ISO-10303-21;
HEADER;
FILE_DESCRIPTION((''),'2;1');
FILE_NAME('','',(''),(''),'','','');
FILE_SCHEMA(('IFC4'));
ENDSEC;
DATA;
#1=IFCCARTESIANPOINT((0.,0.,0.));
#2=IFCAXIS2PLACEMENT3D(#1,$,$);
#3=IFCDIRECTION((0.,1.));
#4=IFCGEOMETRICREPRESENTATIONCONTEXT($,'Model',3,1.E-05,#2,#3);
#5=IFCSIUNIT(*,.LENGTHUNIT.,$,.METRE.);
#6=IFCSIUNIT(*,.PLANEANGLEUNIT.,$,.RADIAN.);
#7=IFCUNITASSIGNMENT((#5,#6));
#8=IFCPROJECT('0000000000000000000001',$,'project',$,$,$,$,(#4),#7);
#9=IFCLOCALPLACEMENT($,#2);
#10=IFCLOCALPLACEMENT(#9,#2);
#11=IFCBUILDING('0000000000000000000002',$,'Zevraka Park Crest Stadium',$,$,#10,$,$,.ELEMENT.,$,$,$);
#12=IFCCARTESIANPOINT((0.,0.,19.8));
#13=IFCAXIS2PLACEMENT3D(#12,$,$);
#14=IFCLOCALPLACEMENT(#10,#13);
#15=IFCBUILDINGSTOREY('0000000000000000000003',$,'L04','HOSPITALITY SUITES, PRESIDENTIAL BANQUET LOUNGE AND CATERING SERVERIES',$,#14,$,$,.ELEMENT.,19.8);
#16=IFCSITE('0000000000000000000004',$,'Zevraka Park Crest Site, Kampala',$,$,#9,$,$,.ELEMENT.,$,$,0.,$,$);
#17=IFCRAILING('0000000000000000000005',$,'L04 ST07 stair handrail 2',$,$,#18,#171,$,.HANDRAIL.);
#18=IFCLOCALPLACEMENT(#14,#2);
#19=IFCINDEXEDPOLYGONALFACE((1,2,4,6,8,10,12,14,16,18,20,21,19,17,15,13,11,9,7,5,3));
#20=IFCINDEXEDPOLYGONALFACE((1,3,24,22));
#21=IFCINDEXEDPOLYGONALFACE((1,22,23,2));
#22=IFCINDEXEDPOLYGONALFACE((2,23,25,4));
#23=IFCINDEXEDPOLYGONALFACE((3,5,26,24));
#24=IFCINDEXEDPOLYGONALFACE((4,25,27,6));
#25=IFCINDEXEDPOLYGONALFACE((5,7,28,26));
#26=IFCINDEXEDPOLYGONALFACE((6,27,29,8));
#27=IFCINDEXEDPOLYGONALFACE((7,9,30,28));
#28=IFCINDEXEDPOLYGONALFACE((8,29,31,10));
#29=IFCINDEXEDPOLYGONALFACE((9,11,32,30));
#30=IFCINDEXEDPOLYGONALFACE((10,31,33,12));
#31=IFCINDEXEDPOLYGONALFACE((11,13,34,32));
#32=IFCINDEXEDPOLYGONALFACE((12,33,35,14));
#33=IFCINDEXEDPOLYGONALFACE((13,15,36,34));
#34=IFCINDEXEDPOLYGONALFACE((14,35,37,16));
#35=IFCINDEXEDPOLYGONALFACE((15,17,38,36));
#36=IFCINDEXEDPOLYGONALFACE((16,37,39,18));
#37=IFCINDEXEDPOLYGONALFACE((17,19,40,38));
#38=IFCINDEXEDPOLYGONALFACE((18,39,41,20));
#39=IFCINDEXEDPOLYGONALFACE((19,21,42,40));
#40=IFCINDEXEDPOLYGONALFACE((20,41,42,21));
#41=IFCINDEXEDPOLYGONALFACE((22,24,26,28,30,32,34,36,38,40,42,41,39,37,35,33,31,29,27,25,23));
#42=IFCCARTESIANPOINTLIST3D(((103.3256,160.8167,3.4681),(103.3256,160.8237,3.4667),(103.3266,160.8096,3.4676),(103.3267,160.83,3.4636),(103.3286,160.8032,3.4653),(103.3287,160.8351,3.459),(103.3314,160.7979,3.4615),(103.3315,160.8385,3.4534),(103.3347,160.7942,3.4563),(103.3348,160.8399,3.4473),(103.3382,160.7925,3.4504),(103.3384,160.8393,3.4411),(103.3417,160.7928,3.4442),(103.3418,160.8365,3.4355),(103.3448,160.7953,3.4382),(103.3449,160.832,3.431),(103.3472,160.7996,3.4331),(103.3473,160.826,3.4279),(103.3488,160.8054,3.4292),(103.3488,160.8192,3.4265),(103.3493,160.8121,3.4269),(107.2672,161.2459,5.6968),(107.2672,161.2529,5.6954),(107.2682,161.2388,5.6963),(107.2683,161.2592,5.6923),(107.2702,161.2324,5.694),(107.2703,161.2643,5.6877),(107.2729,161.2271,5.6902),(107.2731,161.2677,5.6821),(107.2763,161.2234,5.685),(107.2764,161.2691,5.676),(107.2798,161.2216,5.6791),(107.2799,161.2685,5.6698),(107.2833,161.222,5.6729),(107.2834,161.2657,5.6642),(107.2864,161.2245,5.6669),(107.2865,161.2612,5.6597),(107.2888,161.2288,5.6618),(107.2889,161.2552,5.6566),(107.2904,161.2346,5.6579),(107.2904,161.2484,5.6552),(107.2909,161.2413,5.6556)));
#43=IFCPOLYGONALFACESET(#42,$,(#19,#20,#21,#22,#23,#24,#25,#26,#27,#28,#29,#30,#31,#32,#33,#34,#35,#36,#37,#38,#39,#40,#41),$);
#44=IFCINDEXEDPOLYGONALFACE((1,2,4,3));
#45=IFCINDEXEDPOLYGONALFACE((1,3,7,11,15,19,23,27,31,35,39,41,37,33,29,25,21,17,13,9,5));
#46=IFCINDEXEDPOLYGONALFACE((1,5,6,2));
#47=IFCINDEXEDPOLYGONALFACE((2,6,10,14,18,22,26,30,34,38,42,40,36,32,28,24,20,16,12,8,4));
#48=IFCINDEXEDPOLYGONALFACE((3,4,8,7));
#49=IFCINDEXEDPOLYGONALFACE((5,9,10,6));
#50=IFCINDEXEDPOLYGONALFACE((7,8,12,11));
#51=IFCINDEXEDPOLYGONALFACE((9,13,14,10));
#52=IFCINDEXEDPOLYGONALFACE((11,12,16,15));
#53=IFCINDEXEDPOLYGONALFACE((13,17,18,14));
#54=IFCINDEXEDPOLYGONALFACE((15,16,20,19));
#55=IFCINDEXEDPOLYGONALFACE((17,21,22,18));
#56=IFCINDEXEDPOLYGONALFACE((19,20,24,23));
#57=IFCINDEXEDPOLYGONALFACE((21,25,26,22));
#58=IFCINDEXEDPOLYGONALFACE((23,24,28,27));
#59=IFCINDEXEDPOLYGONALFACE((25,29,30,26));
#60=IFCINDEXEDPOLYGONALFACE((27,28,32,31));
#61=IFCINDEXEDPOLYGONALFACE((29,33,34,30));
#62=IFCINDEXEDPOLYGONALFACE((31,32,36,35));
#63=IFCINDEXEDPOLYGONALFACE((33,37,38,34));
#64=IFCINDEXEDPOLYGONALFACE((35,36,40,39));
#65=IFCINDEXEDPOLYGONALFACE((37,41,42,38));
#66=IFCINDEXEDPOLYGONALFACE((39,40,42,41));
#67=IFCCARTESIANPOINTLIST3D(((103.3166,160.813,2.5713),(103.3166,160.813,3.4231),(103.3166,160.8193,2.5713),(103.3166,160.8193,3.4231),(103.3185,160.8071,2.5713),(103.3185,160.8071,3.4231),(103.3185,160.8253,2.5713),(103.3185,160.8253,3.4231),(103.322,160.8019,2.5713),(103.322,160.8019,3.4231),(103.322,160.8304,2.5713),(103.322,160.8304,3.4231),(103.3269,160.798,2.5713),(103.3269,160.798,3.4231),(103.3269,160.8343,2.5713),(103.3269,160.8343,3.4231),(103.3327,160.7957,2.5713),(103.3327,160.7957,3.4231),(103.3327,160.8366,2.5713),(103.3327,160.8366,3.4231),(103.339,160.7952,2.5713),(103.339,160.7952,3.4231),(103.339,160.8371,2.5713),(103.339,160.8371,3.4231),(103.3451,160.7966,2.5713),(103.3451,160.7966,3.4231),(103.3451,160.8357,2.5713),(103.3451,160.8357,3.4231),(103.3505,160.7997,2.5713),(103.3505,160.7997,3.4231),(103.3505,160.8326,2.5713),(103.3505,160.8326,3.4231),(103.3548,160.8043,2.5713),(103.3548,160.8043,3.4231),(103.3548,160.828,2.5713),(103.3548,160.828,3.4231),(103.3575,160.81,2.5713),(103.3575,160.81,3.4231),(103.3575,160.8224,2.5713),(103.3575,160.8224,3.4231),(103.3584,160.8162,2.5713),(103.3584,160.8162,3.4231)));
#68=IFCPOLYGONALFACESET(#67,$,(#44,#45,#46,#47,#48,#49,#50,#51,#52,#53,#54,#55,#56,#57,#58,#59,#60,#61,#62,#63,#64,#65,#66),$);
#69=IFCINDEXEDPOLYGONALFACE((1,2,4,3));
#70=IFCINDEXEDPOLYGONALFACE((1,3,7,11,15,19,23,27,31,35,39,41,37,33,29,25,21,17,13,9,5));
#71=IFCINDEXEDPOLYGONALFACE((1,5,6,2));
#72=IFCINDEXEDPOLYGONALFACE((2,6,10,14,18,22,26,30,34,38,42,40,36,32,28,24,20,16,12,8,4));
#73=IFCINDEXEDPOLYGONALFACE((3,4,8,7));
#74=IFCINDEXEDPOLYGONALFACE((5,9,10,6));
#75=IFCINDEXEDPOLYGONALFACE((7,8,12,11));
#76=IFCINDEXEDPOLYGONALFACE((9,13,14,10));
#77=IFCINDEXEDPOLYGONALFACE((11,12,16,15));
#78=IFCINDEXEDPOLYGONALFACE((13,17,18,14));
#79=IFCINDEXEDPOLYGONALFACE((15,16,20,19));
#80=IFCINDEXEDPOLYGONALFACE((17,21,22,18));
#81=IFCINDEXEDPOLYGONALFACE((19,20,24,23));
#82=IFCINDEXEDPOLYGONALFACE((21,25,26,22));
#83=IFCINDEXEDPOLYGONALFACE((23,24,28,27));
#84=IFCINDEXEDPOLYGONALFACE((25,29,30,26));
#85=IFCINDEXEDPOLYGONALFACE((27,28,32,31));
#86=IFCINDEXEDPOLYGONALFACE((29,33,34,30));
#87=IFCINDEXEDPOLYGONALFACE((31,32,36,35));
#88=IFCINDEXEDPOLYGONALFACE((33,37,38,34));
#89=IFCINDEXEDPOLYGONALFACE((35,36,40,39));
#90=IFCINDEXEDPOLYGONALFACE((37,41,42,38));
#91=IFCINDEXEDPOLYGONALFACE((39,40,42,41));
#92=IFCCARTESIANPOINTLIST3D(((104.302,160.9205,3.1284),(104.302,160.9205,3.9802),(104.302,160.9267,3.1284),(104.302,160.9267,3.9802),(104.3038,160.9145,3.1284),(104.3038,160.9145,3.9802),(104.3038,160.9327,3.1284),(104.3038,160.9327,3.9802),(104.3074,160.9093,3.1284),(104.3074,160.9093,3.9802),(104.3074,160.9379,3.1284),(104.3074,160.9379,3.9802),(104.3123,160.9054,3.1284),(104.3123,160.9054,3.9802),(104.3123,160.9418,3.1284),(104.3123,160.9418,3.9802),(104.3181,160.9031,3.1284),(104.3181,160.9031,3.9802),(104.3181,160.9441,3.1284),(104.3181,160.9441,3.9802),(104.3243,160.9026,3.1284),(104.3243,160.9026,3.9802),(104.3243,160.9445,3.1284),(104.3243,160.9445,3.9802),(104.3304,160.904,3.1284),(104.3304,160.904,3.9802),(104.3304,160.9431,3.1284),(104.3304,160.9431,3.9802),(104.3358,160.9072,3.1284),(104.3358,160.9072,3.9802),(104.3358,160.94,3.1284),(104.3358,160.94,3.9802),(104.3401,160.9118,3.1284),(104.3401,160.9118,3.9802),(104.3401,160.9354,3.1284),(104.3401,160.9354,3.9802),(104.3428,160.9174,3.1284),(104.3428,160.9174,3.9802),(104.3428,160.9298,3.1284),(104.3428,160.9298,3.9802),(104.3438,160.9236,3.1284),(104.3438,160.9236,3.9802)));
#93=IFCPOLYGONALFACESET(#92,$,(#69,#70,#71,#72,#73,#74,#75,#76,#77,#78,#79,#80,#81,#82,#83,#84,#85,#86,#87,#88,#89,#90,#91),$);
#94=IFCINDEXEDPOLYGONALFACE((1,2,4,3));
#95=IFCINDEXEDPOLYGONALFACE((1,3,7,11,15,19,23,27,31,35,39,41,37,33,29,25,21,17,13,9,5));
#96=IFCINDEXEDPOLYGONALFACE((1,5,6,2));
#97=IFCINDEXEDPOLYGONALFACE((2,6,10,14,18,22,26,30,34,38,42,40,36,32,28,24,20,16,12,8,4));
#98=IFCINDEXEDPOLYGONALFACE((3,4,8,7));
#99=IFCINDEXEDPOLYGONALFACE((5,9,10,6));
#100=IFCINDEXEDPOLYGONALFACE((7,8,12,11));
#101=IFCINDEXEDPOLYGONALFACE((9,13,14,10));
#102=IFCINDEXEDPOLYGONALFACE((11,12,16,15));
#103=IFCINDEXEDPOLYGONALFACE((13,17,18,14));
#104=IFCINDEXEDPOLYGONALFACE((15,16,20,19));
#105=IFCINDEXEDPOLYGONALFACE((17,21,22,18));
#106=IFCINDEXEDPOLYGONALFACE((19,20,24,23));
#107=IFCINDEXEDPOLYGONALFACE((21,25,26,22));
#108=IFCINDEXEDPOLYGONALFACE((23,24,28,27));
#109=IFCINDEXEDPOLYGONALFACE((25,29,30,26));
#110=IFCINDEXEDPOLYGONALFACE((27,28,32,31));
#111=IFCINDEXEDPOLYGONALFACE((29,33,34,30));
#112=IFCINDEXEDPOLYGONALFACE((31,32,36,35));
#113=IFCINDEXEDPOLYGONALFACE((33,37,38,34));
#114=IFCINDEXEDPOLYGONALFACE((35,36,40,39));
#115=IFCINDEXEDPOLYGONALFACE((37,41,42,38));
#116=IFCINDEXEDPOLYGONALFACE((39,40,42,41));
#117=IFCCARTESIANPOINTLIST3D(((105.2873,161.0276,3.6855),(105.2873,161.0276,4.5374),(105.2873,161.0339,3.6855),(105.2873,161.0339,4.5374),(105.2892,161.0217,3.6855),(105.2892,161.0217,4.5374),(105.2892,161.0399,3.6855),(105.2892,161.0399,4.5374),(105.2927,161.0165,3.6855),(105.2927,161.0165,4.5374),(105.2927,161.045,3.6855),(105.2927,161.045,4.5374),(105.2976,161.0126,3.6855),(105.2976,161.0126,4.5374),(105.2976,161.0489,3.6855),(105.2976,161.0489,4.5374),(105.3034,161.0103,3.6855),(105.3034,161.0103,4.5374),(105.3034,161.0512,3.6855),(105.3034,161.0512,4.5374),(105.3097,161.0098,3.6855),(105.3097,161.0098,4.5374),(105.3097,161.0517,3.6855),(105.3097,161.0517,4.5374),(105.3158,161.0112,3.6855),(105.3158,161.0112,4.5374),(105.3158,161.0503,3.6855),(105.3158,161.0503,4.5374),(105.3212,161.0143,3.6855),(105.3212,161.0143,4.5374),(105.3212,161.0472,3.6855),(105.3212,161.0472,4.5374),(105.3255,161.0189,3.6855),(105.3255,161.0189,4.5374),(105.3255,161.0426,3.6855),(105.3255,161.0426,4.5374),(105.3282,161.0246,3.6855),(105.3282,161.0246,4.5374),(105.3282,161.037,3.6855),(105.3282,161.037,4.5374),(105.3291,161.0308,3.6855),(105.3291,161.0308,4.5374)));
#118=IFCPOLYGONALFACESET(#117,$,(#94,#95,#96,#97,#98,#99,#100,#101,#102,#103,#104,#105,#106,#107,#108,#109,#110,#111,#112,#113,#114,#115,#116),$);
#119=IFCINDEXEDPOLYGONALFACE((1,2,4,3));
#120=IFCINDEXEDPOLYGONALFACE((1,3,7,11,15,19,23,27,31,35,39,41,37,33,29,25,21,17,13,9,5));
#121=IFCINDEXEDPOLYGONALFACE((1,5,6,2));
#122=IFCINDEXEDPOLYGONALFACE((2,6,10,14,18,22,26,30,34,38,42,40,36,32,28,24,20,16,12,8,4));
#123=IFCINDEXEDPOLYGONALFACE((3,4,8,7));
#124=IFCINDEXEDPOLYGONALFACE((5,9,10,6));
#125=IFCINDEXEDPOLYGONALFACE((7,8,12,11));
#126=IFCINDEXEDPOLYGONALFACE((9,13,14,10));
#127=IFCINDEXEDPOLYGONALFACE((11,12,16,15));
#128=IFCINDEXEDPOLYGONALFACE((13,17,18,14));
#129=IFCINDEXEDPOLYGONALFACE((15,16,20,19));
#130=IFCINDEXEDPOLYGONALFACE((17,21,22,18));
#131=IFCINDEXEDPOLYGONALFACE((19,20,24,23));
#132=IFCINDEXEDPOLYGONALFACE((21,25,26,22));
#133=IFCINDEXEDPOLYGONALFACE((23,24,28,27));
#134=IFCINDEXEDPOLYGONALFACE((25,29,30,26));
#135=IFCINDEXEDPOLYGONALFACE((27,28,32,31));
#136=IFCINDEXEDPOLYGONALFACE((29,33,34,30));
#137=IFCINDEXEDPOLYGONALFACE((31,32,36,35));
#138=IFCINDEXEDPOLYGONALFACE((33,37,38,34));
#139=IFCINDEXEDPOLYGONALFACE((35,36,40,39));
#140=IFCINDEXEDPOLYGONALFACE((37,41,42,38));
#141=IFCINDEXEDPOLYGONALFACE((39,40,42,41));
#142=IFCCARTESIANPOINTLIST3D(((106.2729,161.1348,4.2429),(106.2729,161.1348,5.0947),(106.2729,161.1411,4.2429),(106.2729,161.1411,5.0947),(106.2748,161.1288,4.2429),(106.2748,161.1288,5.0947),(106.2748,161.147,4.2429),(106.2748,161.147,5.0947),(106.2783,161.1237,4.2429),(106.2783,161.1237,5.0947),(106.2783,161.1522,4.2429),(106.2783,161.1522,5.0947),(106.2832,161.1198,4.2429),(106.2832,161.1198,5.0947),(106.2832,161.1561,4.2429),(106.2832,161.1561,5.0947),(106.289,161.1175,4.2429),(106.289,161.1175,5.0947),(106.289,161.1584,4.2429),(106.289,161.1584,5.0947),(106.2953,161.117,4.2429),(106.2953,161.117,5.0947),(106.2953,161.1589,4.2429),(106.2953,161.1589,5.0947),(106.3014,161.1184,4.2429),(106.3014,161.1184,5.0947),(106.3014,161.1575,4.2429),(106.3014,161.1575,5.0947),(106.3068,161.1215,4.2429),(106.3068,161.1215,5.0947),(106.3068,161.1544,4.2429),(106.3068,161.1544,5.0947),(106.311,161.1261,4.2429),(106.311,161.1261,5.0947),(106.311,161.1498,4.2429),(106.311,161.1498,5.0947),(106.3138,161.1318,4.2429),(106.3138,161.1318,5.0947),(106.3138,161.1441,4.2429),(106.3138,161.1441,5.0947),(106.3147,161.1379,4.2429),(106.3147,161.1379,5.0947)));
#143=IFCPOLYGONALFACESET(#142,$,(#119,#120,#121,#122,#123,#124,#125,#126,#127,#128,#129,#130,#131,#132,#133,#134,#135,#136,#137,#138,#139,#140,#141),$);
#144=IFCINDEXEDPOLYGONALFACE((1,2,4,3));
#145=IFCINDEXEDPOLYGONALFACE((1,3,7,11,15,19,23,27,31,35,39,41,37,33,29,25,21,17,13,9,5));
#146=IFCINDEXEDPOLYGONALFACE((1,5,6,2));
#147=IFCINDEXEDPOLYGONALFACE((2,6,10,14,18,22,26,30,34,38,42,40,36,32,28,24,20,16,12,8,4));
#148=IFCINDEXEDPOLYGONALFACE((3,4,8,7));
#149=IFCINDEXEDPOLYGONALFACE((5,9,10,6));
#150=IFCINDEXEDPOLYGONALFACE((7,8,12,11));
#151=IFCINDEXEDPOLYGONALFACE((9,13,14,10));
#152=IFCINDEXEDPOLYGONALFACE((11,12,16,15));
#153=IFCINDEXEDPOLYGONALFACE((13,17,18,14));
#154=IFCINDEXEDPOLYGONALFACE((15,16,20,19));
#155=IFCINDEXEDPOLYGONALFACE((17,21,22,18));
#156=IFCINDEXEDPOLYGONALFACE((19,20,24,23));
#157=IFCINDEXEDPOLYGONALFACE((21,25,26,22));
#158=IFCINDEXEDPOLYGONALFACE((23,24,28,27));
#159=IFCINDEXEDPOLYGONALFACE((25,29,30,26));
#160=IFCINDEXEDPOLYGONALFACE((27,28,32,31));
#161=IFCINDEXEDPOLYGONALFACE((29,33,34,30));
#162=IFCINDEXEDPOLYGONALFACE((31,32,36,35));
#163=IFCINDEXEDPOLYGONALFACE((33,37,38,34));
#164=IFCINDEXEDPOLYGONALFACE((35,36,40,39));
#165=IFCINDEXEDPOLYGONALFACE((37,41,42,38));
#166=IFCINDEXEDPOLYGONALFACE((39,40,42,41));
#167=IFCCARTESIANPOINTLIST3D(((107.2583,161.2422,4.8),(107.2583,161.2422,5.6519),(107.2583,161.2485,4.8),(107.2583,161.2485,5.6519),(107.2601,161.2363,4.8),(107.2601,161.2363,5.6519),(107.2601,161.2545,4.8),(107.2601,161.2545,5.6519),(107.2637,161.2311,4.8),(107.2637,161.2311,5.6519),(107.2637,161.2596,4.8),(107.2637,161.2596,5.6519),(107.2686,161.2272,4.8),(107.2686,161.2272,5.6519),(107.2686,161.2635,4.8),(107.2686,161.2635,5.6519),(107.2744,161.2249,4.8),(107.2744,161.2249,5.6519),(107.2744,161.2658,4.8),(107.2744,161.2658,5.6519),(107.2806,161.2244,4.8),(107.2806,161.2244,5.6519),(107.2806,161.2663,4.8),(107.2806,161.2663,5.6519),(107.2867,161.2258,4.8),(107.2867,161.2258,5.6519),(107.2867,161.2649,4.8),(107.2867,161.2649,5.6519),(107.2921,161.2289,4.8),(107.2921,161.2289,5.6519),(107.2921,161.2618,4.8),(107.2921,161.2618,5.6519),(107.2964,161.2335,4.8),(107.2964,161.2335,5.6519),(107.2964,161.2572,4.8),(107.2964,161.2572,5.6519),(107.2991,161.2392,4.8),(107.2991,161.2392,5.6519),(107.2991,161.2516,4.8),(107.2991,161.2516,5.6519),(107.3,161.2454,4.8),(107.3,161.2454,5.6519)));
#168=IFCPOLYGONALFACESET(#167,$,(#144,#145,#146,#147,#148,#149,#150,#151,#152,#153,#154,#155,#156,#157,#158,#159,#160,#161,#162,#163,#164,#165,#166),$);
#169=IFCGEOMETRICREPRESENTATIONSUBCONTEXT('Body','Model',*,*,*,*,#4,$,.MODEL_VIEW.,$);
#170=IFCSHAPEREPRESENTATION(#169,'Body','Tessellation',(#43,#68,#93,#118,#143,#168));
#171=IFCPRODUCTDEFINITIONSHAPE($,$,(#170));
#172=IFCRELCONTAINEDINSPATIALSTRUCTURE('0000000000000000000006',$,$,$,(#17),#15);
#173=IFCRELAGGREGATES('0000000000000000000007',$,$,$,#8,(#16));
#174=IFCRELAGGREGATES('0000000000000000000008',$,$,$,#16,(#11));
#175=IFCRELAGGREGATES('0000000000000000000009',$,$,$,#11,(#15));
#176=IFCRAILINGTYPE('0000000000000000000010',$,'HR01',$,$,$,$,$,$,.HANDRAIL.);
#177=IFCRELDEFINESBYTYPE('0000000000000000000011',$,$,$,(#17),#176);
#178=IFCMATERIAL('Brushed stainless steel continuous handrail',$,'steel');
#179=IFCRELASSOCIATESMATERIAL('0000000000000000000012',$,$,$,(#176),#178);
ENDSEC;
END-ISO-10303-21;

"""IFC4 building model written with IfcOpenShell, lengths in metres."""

from ifc_helpers import new_model, si_unit, direction, frame, origin, origin_2d, place, context, subcontext, project, spatial, circle, extrude, material, type_object, element, save


model = new_model("IFC4")

# Units and contexts
model_context = context("Model", 3, precision=1e-05, world=origin(), true_north=direction((0.0, 1.0)))
body_context = subcontext(model_context, "Body", "Model", "MODEL_VIEW")
ifc_project = project(units=[si_unit("LENGTHUNIT", "METRE"), si_unit("PLANEANGLEUNIT", "RADIAN")], contexts=[model_context])

# Site, building, storey
site_placement = place(None, origin())
site = spatial("IfcSite", under=ifc_project, at=site_placement, Name="Zevraka Park Crest Site, Kampala", CompositionType="ELEMENT", RefElevation=0.0)
building_placement = place(site_placement, origin())
building = spatial("IfcBuilding", under=site, at=building_placement, Name="Zevraka Park Crest Stadium", CompositionType="ELEMENT")
storey_placement = place(building_placement, frame((0.0, 0.0, 19.8)))
storey = spatial("IfcBuildingStorey", under=building, at=storey_placement, Name="L04", Description="HOSPITALITY SUITES, PRESIDENTIAL BANQUET LOUNGE AND CATERING SERVERIES", CompositionType="ELEMENT", Elevation=19.8)

# Railing
ifc_material_1 = material(Name="Brushed stainless steel continuous handrail", Category="steel")
railing_type_1 = type_object("IfcRailingType", Name="HR01", PredefinedType="HANDRAIL", material=ifc_material_1)
railing_1_placement = place(storey_placement, frame((103.3374, 160.8162, 2.5713)))
element("IfcRailing", 1, at=railing_1_placement, inside=storey, type_object=railing_type_1, Name="L04 ST07 stair handrail 2", PredefinedType="HANDRAIL", context=body_context, shape_type="SweptSolid", body=[
    extrude(circle(Radius=0.0239, at=origin_2d()), frame((0.0, 0.0, 0.876), z_axis=(0.866596, 0.094362, 0.490007), x_axis=(-0.108248, 0.994124, 0.0)), (0.0, 0.0, 1.0), 4.5483),
    extrude(circle(Radius=0.021, at=origin_2d()), origin(), (0.0, 0.0, 1.0), 0.8518),
    extrude(circle(Radius=0.021, at=origin_2d()), frame((0.9854, 0.1074, 0.5571)), (0.0, 0.0, 1.0), 0.8518),
    extrude(circle(Radius=0.021, at=origin_2d()), frame((1.9707, 0.2146, 1.1143)), (0.0, 0.0, 1.0), 0.8518),
    extrude(circle(Radius=0.021, at=origin_2d()), frame((2.9563, 0.3218, 1.6716)), (0.0, 0.0, 1.0), 0.8518),
    extrude(circle(Radius=0.021, at=origin_2d()), frame((3.9417, 0.4292, 2.2288)), (0.0, 0.0, 1.0), 0.8518),
])

save(model, "model.ifc")
